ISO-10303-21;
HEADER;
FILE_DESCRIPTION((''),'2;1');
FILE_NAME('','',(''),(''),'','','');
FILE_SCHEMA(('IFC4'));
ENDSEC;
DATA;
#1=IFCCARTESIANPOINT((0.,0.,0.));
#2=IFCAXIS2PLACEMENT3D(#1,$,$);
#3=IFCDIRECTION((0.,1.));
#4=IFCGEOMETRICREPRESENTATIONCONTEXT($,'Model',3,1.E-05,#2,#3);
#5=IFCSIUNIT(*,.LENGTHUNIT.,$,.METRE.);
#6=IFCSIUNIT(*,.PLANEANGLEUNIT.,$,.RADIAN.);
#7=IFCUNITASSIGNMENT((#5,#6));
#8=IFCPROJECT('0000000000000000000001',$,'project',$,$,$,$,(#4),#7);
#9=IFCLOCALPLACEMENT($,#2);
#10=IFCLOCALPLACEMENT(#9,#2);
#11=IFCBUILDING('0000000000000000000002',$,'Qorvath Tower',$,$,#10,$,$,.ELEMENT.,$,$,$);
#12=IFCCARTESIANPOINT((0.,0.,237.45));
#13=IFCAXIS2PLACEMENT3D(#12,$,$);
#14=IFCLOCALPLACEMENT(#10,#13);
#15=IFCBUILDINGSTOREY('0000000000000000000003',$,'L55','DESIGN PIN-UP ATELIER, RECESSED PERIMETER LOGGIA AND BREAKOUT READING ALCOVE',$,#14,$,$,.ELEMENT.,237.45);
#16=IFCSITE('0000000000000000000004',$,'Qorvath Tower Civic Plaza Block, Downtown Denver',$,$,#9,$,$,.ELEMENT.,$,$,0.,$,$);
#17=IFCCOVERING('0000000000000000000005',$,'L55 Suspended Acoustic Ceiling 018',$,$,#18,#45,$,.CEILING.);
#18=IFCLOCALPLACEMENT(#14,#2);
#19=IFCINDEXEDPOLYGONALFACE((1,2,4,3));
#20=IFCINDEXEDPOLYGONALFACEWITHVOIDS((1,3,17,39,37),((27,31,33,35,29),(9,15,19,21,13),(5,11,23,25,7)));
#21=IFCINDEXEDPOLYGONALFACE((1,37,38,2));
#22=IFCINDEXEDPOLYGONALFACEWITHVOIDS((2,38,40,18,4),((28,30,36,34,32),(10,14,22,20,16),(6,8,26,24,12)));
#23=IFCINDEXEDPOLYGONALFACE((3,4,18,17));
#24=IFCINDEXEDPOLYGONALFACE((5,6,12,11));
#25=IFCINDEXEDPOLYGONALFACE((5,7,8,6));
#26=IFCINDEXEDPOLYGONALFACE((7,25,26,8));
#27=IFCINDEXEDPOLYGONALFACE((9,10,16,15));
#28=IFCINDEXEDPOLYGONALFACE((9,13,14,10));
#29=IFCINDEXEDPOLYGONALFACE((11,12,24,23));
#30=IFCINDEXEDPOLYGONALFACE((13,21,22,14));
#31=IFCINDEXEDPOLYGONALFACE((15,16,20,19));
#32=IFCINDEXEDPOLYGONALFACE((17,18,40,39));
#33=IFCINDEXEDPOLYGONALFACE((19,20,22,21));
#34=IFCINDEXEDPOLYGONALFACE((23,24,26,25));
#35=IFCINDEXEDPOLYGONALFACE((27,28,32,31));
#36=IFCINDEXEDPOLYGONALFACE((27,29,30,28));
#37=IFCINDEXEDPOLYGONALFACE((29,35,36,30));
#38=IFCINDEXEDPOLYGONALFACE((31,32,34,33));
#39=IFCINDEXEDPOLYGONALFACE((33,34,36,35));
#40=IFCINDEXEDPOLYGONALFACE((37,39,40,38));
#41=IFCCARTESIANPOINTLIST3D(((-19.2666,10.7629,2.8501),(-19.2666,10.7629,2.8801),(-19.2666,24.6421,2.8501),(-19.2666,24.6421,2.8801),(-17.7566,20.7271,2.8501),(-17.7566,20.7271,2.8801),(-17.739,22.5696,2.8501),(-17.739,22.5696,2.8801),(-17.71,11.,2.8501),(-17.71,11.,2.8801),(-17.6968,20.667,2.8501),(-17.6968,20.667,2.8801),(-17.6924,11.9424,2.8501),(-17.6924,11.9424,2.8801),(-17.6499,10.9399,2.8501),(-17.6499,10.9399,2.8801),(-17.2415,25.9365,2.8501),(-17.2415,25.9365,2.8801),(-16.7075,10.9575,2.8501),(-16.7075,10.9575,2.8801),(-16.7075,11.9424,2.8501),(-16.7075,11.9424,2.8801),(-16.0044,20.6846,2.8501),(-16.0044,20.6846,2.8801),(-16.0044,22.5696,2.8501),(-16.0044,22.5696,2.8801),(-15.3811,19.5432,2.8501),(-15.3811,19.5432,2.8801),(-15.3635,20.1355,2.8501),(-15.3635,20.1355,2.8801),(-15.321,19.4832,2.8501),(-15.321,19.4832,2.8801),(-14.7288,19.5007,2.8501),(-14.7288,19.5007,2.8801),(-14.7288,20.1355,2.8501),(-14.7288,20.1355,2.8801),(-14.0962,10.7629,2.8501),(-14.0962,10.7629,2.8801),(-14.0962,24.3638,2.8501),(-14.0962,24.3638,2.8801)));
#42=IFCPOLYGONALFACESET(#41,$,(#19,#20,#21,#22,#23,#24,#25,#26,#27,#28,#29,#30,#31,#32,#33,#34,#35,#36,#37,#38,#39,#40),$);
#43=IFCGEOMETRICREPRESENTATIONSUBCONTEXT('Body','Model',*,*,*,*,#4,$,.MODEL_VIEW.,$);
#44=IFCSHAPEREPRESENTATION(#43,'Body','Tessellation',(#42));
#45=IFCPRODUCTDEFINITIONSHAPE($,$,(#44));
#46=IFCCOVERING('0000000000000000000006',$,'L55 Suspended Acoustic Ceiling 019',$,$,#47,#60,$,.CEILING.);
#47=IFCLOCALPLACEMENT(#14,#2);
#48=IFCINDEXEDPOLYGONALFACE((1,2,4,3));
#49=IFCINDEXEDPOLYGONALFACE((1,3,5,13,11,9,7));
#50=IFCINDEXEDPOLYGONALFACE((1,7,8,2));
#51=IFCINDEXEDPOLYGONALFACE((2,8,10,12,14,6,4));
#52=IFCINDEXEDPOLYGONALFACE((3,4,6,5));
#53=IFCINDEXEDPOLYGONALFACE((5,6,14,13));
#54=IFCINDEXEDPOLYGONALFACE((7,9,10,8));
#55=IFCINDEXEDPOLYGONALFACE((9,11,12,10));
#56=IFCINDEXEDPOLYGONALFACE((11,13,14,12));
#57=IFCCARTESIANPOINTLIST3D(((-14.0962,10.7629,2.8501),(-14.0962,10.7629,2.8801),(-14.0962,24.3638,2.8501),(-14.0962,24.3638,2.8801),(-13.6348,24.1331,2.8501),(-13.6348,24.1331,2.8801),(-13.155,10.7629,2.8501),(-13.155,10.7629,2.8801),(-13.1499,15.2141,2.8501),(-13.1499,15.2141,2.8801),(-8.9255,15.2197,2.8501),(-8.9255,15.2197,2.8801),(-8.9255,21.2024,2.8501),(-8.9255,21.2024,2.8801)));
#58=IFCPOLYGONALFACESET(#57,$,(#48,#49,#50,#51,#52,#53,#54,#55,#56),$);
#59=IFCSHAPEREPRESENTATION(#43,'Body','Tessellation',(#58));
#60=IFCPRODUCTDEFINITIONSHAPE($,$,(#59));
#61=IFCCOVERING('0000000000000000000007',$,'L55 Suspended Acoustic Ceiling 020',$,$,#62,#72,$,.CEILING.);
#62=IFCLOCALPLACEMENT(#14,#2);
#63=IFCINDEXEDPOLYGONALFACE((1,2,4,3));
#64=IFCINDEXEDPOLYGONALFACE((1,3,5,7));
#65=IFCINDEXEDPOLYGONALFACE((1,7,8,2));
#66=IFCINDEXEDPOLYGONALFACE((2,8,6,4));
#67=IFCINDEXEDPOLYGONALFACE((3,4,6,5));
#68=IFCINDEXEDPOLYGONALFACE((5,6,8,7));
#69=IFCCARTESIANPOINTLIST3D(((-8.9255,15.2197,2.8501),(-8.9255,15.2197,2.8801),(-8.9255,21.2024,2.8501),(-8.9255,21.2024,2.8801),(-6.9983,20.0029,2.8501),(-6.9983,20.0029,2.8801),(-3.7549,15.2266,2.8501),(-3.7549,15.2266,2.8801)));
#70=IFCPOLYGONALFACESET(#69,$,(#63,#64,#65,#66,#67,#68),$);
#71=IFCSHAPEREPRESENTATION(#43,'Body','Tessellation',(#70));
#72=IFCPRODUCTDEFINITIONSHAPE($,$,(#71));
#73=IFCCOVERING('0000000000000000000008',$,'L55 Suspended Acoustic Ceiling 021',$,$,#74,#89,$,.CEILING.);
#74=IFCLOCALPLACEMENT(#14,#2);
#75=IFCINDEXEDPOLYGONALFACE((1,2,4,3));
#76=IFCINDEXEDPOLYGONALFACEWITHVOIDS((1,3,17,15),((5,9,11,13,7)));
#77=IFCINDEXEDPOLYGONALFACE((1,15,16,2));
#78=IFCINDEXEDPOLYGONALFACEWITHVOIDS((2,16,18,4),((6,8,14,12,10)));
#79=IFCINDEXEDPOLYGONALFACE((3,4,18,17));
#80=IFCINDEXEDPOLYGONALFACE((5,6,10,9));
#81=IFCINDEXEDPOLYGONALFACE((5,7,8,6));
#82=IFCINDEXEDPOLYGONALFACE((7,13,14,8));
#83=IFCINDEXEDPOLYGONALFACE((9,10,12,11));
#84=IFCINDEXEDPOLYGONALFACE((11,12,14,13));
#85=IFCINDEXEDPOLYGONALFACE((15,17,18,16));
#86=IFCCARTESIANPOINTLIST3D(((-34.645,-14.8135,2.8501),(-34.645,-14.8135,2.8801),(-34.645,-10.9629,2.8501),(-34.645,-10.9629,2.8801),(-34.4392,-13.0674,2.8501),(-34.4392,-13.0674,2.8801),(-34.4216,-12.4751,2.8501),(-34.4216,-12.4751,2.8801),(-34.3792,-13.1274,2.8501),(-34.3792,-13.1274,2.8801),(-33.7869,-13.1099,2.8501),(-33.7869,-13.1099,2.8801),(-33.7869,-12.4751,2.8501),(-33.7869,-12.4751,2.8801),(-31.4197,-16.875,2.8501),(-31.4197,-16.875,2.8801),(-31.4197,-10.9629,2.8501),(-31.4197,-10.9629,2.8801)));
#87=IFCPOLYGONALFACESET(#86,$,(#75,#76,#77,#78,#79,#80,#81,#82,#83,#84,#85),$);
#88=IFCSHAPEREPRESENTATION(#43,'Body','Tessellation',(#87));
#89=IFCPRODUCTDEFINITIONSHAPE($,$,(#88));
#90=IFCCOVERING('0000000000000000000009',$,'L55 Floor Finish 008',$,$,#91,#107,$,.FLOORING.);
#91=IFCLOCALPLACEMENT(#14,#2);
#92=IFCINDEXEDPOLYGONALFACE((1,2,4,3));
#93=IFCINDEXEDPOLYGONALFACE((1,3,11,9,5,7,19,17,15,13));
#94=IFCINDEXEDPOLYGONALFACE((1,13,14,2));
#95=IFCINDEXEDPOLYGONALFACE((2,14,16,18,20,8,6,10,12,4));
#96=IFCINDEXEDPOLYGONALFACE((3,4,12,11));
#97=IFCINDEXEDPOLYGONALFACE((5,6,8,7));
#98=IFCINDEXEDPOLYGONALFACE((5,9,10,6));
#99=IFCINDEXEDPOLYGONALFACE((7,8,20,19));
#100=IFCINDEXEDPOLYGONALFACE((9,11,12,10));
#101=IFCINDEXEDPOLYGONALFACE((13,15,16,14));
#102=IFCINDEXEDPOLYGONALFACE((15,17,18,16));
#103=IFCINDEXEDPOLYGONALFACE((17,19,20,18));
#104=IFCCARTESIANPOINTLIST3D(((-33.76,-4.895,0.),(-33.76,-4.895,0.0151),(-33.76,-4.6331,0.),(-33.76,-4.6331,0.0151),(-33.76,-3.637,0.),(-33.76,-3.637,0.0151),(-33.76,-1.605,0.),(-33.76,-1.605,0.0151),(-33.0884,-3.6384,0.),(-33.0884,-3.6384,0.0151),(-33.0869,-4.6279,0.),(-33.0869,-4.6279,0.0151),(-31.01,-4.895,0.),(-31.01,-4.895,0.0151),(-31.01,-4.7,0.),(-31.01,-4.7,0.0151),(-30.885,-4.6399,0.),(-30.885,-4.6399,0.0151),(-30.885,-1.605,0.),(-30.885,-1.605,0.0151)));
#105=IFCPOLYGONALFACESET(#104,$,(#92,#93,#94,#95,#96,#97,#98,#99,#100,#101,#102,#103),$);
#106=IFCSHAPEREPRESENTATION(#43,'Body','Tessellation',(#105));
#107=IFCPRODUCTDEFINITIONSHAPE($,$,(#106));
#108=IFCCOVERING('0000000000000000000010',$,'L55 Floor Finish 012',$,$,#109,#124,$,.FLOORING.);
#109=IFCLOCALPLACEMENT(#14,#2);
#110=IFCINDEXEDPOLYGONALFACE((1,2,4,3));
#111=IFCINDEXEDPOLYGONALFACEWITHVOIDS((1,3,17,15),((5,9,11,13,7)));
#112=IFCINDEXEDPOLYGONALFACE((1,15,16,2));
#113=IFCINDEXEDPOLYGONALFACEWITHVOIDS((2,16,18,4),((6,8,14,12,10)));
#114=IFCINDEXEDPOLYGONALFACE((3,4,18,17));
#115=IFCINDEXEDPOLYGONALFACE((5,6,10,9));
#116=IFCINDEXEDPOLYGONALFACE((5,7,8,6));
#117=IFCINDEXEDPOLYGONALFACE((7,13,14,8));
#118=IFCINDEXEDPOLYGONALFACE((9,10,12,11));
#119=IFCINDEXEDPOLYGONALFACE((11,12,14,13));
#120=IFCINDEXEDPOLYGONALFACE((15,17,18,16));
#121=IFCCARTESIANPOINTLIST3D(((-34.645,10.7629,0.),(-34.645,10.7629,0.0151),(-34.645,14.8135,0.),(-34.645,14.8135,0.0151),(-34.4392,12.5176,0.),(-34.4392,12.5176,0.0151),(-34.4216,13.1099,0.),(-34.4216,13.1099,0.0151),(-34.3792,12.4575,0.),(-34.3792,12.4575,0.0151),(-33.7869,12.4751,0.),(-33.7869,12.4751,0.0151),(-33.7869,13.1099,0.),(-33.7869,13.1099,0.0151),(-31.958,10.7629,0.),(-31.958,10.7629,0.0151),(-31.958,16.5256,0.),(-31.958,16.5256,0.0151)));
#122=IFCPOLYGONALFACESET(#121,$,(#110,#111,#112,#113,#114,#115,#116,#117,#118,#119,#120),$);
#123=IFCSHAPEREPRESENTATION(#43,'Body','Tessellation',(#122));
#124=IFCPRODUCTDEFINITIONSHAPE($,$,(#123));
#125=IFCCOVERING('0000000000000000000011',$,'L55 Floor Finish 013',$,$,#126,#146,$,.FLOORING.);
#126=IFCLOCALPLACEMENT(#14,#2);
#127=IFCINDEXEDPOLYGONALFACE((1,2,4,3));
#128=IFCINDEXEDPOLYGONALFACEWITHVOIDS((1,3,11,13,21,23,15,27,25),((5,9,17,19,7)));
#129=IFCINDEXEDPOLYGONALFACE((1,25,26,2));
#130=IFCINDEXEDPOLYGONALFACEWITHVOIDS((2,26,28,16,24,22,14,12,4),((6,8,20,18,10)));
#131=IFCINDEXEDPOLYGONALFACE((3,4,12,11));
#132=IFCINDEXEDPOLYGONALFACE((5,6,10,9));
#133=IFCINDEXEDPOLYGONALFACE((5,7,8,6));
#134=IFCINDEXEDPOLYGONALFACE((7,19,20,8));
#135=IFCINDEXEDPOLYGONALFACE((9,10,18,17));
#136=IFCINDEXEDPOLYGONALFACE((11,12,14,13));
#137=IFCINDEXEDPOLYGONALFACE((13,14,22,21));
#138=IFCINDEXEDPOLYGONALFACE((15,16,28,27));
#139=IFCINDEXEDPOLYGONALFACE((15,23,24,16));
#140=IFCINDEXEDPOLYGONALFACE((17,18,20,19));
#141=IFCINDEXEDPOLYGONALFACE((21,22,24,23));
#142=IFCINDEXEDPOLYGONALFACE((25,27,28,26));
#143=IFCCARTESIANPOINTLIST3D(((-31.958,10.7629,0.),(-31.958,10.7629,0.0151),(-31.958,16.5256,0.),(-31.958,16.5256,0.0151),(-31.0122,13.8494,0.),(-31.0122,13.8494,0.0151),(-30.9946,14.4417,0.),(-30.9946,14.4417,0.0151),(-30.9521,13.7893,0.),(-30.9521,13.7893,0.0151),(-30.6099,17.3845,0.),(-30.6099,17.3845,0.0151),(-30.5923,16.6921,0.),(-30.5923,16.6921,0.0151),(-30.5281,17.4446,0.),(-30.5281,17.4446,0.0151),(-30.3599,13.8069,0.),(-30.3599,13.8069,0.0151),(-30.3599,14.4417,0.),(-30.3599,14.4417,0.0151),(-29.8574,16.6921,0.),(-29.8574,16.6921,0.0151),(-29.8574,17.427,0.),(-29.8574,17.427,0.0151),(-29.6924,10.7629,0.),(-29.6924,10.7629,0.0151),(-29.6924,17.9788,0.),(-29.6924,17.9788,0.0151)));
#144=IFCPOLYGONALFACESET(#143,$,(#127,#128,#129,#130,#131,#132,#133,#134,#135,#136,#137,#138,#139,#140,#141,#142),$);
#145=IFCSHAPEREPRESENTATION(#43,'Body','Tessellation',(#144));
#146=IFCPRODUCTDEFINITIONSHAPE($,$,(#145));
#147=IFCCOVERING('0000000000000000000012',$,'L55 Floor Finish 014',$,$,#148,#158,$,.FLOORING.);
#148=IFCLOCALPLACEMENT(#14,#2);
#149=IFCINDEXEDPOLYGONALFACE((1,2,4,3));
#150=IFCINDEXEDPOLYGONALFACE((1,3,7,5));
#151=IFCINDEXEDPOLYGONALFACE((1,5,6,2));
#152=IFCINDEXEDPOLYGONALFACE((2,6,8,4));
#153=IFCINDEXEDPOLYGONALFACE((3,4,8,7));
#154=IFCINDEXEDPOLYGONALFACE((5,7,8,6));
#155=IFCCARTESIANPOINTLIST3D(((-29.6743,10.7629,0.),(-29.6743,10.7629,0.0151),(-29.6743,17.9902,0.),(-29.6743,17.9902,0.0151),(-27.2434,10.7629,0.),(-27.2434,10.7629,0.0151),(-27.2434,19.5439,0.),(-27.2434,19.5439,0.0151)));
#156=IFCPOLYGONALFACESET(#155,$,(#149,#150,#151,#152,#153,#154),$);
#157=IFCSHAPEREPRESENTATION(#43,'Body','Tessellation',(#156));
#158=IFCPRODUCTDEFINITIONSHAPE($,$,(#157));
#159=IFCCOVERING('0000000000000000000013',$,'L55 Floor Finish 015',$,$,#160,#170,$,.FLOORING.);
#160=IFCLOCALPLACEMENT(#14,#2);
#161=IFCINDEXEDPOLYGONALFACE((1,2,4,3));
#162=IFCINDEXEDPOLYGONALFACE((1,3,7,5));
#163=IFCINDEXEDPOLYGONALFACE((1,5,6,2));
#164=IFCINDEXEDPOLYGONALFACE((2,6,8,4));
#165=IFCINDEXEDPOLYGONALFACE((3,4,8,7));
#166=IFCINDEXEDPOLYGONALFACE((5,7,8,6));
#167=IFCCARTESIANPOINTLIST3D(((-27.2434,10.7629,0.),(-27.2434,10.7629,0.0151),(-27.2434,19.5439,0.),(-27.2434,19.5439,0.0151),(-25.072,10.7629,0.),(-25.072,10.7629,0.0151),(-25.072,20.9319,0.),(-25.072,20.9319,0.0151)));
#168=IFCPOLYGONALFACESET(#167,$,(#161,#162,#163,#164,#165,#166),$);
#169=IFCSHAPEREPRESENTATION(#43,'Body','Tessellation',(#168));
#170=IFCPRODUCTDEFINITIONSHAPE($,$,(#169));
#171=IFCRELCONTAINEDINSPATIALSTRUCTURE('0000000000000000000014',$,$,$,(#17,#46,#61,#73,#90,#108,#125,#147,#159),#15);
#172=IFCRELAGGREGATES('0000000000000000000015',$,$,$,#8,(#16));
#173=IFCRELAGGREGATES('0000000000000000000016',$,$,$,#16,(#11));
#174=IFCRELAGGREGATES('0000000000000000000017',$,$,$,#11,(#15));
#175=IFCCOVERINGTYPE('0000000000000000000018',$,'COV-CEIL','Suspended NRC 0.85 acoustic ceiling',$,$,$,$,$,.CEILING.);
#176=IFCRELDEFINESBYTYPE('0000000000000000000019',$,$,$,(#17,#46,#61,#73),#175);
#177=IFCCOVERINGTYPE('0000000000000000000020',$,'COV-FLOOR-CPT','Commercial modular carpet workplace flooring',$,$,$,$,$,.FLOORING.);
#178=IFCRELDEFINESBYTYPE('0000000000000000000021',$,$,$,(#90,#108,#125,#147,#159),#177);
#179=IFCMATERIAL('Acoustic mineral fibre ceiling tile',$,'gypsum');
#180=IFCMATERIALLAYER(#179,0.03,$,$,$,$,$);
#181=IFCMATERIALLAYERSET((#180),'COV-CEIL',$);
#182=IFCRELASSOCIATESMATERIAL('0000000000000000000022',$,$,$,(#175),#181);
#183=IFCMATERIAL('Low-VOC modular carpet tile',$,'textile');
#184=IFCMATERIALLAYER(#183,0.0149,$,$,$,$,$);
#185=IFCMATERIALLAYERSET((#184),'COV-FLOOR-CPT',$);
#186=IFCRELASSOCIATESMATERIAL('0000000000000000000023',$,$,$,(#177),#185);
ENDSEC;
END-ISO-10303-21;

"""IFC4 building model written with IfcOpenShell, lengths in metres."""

from ifc_helpers import new_model, si_unit, direction, frame, origin, place, context, subcontext, project, spatial, polyline, outline, extrude, material, layer, layer_set, type_object, element, save


model = new_model("IFC4")

# Units and contexts
model_context = context("Model", 3, precision=1e-05, world=origin(), true_north=direction((0.0, 1.0)))
body_context = subcontext(model_context, "Body", "Model", "MODEL_VIEW")
ifc_project = project(units=[si_unit("LENGTHUNIT", "METRE"), si_unit("PLANEANGLEUNIT", "RADIAN")], contexts=[model_context])

# Site, building, storey
site_placement = place(None, origin())
site = spatial("IfcSite", under=ifc_project, at=site_placement, Name="Qorvath Tower Civic Plaza Block, Downtown Denver", CompositionType="ELEMENT", RefElevation=0.0)
building_placement = place(site_placement, origin())
building = spatial("IfcBuilding", under=site, at=building_placement, Name="Qorvath Tower", CompositionType="ELEMENT")
storey_placement = place(building_placement, frame((0.0, 0.0, 237.45)))
storey = spatial("IfcBuildingStorey", under=building, at=storey_placement, Name="L55", Description="DESIGN PIN-UP ATELIER, RECESSED PERIMETER LOGGIA AND BREAKOUT READING ALCOVE", CompositionType="ELEMENT", Elevation=237.45)

# Coverings
ifc_material_1 = material(Name="Acoustic mineral fibre ceiling tile", Category="gypsum")
ifc_layer_1 = layer(ifc_material_1, 0.03)
ifc_layer_set_1 = layer_set([ifc_layer_1], Name="COV-CEIL")
covering_type_1 = type_object("IfcCoveringType", Name="COV-CEIL", Description="Suspended NRC 0.85 acoustic ceiling", PredefinedType="CEILING", material=ifc_layer_set_1)
covering_1_placement = place(storey_placement, frame((0.0, 0.0, 2.8501)))
element("IfcCovering", 1, at=covering_1_placement, inside=storey, type_object=covering_type_1, Name="L55 Suspended Acoustic Ceiling 018", PredefinedType="CEILING", context=body_context, shape_type="SweptSolid", body=[
    extrude(outline(polyline([(-14.0962, 10.7629), (-14.0962, 24.3638), (-17.2415, 25.9365), (-19.2666, 24.6421), (-19.2666, 10.7629), (-14.0962, 10.7629)]), holes=[polyline([(-15.3811, 19.5432), (-15.3635, 20.1355), (-14.7288, 20.1355), (-14.7288, 19.5007), (-15.321, 19.4832), (-15.3811, 19.5432)]), polyline([(-17.7566, 20.7271), (-17.739, 22.5696), (-16.0044, 22.5696), (-16.0044, 20.6846), (-17.6968, 20.667), (-17.7566, 20.7271)]), polyline([(-17.71, 11.0), (-17.6924, 11.9424), (-16.7075, 11.9424), (-16.7075, 10.9575), (-17.6499, 10.9399), (-17.71, 11.0)])]), origin(), (0.0, 0.0, 1.0), 0.03),
])
covering_2_placement = place(storey_placement, frame((0.0, 0.0, 2.8501)))
element("IfcCovering", 2, at=covering_2_placement, inside=storey, type_object=covering_type_1, Name="L55 Suspended Acoustic Ceiling 019", PredefinedType="CEILING", context=body_context, shape_type="SweptSolid", body=[
    extrude(outline(polyline([(-8.9255, 15.2197), (-8.9255, 21.2024), (-13.6348, 24.1331), (-14.0962, 24.3638), (-14.0962, 10.7629), (-13.155, 10.7629), (-13.1499, 15.2141), (-8.9255, 15.2197)])), origin(), (0.0, 0.0, 1.0), 0.03),
])
covering_3_placement = place(storey_placement, frame((0.0, 0.0, 2.8501)))
element("IfcCovering", 3, at=covering_3_placement, inside=storey, type_object=covering_type_1, Name="L55 Suspended Acoustic Ceiling 020", PredefinedType="CEILING", context=body_context, shape_type="SweptSolid", body=[
    extrude(outline(polyline([(-3.7549, 15.2266), (-6.9983, 20.0029), (-8.9255, 21.2024), (-8.9255, 15.2197), (-3.7549, 15.2266)])), origin(), (0.0, 0.0, 1.0), 0.03),
])
covering_4_placement = place(storey_placement, frame((0.0, 0.0, 2.8501)))
element("IfcCovering", 4, at=covering_4_placement, inside=storey, type_object=covering_type_1, Name="L55 Suspended Acoustic Ceiling 021", PredefinedType="CEILING", context=body_context, shape_type="SweptSolid", body=[
    extrude(outline(polyline([(-34.645, -10.9629), (-34.645, -14.8135), (-31.4197, -16.875), (-31.4197, -10.9629), (-34.645, -10.9629)]), holes=[polyline([(-34.4392, -13.0674), (-34.4216, -12.4751), (-33.7869, -12.4751), (-33.7869, -13.1099), (-34.3792, -13.1274), (-34.4392, -13.0674)])]), origin(), (0.0, 0.0, 1.0), 0.03),
])
ifc_material_2 = material(Name="Low-VOC modular carpet tile", Category="textile")
ifc_layer_2 = layer(ifc_material_2, 0.0149)
ifc_layer_set_2 = layer_set([ifc_layer_2], Name="COV-FLOOR-CPT")
covering_type_2 = type_object("IfcCoveringType", Name="COV-FLOOR-CPT", Description="Commercial modular carpet workplace flooring", PredefinedType="FLOORING", material=ifc_layer_set_2)
covering_5_placement = place(storey_placement, origin())
element("IfcCovering", 5, at=covering_5_placement, inside=storey, type_object=covering_type_2, Name="L55 Floor Finish 008", PredefinedType="FLOORING", context=body_context, shape_type="SweptSolid", body=[
    extrude(outline(polyline([(-30.885, -1.605), (-33.76, -1.605), (-33.76, -3.637), (-33.0884, -3.6384), (-33.0869, -4.6279), (-33.76, -4.6331), (-33.76, -4.895), (-31.01, -4.895), (-31.01, -4.7), (-30.885, -4.6399), (-30.885, -1.605)])), origin(), (0.0, 0.0, 1.0), 0.0151),
])
covering_6_placement = place(storey_placement, origin())
element("IfcCovering", 6, at=covering_6_placement, inside=storey, type_object=covering_type_2, Name="L55 Floor Finish 012", PredefinedType="FLOORING", context=body_context, shape_type="SweptSolid", body=[
    extrude(outline(polyline([(-31.958, 10.7629), (-31.958, 16.5256), (-34.645, 14.8135), (-34.645, 10.7629), (-31.958, 10.7629)]), holes=[polyline([(-34.4392, 12.5176), (-34.4216, 13.1099), (-33.7869, 13.1099), (-33.7869, 12.4751), (-34.3792, 12.4575), (-34.4392, 12.5176)])]), origin(), (0.0, 0.0, 1.0), 0.0151),
])
covering_7_placement = place(storey_placement, origin())
element("IfcCovering", 7, at=covering_7_placement, inside=storey, type_object=covering_type_2, Name="L55 Floor Finish 013", PredefinedType="FLOORING", context=body_context, shape_type="SweptSolid", body=[
    extrude(outline(polyline([(-30.6099, 17.3845), (-31.958, 16.5256), (-31.958, 10.7629), (-29.6924, 10.7629), (-29.6924, 17.9788), (-30.5281, 17.4446), (-29.8574, 17.427), (-29.8574, 16.6921), (-30.5923, 16.6921), (-30.6099, 17.3845)]), holes=[polyline([(-31.0122, 13.8494), (-30.9946, 14.4417), (-30.3599, 14.4417), (-30.3599, 13.8069), (-30.9521, 13.7893), (-31.0122, 13.8494)])]), origin(), (0.0, 0.0, 1.0), 0.0151),
])
covering_8_placement = place(storey_placement, origin())
element("IfcCovering", 8, at=covering_8_placement, inside=storey, type_object=covering_type_2, Name="L55 Floor Finish 014", PredefinedType="FLOORING", context=body_context, shape_type="SweptSolid", body=[
    extrude(outline(polyline([(-29.6743, 10.7629), (-27.2434, 10.7629), (-27.2434, 19.5439), (-29.6743, 17.9902), (-29.6743, 10.7629)])), origin(), (0.0, 0.0, 1.0), 0.0151),
])
covering_9_placement = place(storey_placement, origin())
element("IfcCovering", 9, at=covering_9_placement, inside=storey, type_object=covering_type_2, Name="L55 Floor Finish 015", PredefinedType="FLOORING", context=body_context, shape_type="SweptSolid", body=[
    extrude(outline(polyline([(-27.2434, 19.5439), (-27.2434, 10.7629), (-25.072, 10.7629), (-25.072, 20.9319), (-27.2434, 19.5439)])), origin(), (0.0, 0.0, 1.0), 0.0151),
])

save(model, "model.ifc")
